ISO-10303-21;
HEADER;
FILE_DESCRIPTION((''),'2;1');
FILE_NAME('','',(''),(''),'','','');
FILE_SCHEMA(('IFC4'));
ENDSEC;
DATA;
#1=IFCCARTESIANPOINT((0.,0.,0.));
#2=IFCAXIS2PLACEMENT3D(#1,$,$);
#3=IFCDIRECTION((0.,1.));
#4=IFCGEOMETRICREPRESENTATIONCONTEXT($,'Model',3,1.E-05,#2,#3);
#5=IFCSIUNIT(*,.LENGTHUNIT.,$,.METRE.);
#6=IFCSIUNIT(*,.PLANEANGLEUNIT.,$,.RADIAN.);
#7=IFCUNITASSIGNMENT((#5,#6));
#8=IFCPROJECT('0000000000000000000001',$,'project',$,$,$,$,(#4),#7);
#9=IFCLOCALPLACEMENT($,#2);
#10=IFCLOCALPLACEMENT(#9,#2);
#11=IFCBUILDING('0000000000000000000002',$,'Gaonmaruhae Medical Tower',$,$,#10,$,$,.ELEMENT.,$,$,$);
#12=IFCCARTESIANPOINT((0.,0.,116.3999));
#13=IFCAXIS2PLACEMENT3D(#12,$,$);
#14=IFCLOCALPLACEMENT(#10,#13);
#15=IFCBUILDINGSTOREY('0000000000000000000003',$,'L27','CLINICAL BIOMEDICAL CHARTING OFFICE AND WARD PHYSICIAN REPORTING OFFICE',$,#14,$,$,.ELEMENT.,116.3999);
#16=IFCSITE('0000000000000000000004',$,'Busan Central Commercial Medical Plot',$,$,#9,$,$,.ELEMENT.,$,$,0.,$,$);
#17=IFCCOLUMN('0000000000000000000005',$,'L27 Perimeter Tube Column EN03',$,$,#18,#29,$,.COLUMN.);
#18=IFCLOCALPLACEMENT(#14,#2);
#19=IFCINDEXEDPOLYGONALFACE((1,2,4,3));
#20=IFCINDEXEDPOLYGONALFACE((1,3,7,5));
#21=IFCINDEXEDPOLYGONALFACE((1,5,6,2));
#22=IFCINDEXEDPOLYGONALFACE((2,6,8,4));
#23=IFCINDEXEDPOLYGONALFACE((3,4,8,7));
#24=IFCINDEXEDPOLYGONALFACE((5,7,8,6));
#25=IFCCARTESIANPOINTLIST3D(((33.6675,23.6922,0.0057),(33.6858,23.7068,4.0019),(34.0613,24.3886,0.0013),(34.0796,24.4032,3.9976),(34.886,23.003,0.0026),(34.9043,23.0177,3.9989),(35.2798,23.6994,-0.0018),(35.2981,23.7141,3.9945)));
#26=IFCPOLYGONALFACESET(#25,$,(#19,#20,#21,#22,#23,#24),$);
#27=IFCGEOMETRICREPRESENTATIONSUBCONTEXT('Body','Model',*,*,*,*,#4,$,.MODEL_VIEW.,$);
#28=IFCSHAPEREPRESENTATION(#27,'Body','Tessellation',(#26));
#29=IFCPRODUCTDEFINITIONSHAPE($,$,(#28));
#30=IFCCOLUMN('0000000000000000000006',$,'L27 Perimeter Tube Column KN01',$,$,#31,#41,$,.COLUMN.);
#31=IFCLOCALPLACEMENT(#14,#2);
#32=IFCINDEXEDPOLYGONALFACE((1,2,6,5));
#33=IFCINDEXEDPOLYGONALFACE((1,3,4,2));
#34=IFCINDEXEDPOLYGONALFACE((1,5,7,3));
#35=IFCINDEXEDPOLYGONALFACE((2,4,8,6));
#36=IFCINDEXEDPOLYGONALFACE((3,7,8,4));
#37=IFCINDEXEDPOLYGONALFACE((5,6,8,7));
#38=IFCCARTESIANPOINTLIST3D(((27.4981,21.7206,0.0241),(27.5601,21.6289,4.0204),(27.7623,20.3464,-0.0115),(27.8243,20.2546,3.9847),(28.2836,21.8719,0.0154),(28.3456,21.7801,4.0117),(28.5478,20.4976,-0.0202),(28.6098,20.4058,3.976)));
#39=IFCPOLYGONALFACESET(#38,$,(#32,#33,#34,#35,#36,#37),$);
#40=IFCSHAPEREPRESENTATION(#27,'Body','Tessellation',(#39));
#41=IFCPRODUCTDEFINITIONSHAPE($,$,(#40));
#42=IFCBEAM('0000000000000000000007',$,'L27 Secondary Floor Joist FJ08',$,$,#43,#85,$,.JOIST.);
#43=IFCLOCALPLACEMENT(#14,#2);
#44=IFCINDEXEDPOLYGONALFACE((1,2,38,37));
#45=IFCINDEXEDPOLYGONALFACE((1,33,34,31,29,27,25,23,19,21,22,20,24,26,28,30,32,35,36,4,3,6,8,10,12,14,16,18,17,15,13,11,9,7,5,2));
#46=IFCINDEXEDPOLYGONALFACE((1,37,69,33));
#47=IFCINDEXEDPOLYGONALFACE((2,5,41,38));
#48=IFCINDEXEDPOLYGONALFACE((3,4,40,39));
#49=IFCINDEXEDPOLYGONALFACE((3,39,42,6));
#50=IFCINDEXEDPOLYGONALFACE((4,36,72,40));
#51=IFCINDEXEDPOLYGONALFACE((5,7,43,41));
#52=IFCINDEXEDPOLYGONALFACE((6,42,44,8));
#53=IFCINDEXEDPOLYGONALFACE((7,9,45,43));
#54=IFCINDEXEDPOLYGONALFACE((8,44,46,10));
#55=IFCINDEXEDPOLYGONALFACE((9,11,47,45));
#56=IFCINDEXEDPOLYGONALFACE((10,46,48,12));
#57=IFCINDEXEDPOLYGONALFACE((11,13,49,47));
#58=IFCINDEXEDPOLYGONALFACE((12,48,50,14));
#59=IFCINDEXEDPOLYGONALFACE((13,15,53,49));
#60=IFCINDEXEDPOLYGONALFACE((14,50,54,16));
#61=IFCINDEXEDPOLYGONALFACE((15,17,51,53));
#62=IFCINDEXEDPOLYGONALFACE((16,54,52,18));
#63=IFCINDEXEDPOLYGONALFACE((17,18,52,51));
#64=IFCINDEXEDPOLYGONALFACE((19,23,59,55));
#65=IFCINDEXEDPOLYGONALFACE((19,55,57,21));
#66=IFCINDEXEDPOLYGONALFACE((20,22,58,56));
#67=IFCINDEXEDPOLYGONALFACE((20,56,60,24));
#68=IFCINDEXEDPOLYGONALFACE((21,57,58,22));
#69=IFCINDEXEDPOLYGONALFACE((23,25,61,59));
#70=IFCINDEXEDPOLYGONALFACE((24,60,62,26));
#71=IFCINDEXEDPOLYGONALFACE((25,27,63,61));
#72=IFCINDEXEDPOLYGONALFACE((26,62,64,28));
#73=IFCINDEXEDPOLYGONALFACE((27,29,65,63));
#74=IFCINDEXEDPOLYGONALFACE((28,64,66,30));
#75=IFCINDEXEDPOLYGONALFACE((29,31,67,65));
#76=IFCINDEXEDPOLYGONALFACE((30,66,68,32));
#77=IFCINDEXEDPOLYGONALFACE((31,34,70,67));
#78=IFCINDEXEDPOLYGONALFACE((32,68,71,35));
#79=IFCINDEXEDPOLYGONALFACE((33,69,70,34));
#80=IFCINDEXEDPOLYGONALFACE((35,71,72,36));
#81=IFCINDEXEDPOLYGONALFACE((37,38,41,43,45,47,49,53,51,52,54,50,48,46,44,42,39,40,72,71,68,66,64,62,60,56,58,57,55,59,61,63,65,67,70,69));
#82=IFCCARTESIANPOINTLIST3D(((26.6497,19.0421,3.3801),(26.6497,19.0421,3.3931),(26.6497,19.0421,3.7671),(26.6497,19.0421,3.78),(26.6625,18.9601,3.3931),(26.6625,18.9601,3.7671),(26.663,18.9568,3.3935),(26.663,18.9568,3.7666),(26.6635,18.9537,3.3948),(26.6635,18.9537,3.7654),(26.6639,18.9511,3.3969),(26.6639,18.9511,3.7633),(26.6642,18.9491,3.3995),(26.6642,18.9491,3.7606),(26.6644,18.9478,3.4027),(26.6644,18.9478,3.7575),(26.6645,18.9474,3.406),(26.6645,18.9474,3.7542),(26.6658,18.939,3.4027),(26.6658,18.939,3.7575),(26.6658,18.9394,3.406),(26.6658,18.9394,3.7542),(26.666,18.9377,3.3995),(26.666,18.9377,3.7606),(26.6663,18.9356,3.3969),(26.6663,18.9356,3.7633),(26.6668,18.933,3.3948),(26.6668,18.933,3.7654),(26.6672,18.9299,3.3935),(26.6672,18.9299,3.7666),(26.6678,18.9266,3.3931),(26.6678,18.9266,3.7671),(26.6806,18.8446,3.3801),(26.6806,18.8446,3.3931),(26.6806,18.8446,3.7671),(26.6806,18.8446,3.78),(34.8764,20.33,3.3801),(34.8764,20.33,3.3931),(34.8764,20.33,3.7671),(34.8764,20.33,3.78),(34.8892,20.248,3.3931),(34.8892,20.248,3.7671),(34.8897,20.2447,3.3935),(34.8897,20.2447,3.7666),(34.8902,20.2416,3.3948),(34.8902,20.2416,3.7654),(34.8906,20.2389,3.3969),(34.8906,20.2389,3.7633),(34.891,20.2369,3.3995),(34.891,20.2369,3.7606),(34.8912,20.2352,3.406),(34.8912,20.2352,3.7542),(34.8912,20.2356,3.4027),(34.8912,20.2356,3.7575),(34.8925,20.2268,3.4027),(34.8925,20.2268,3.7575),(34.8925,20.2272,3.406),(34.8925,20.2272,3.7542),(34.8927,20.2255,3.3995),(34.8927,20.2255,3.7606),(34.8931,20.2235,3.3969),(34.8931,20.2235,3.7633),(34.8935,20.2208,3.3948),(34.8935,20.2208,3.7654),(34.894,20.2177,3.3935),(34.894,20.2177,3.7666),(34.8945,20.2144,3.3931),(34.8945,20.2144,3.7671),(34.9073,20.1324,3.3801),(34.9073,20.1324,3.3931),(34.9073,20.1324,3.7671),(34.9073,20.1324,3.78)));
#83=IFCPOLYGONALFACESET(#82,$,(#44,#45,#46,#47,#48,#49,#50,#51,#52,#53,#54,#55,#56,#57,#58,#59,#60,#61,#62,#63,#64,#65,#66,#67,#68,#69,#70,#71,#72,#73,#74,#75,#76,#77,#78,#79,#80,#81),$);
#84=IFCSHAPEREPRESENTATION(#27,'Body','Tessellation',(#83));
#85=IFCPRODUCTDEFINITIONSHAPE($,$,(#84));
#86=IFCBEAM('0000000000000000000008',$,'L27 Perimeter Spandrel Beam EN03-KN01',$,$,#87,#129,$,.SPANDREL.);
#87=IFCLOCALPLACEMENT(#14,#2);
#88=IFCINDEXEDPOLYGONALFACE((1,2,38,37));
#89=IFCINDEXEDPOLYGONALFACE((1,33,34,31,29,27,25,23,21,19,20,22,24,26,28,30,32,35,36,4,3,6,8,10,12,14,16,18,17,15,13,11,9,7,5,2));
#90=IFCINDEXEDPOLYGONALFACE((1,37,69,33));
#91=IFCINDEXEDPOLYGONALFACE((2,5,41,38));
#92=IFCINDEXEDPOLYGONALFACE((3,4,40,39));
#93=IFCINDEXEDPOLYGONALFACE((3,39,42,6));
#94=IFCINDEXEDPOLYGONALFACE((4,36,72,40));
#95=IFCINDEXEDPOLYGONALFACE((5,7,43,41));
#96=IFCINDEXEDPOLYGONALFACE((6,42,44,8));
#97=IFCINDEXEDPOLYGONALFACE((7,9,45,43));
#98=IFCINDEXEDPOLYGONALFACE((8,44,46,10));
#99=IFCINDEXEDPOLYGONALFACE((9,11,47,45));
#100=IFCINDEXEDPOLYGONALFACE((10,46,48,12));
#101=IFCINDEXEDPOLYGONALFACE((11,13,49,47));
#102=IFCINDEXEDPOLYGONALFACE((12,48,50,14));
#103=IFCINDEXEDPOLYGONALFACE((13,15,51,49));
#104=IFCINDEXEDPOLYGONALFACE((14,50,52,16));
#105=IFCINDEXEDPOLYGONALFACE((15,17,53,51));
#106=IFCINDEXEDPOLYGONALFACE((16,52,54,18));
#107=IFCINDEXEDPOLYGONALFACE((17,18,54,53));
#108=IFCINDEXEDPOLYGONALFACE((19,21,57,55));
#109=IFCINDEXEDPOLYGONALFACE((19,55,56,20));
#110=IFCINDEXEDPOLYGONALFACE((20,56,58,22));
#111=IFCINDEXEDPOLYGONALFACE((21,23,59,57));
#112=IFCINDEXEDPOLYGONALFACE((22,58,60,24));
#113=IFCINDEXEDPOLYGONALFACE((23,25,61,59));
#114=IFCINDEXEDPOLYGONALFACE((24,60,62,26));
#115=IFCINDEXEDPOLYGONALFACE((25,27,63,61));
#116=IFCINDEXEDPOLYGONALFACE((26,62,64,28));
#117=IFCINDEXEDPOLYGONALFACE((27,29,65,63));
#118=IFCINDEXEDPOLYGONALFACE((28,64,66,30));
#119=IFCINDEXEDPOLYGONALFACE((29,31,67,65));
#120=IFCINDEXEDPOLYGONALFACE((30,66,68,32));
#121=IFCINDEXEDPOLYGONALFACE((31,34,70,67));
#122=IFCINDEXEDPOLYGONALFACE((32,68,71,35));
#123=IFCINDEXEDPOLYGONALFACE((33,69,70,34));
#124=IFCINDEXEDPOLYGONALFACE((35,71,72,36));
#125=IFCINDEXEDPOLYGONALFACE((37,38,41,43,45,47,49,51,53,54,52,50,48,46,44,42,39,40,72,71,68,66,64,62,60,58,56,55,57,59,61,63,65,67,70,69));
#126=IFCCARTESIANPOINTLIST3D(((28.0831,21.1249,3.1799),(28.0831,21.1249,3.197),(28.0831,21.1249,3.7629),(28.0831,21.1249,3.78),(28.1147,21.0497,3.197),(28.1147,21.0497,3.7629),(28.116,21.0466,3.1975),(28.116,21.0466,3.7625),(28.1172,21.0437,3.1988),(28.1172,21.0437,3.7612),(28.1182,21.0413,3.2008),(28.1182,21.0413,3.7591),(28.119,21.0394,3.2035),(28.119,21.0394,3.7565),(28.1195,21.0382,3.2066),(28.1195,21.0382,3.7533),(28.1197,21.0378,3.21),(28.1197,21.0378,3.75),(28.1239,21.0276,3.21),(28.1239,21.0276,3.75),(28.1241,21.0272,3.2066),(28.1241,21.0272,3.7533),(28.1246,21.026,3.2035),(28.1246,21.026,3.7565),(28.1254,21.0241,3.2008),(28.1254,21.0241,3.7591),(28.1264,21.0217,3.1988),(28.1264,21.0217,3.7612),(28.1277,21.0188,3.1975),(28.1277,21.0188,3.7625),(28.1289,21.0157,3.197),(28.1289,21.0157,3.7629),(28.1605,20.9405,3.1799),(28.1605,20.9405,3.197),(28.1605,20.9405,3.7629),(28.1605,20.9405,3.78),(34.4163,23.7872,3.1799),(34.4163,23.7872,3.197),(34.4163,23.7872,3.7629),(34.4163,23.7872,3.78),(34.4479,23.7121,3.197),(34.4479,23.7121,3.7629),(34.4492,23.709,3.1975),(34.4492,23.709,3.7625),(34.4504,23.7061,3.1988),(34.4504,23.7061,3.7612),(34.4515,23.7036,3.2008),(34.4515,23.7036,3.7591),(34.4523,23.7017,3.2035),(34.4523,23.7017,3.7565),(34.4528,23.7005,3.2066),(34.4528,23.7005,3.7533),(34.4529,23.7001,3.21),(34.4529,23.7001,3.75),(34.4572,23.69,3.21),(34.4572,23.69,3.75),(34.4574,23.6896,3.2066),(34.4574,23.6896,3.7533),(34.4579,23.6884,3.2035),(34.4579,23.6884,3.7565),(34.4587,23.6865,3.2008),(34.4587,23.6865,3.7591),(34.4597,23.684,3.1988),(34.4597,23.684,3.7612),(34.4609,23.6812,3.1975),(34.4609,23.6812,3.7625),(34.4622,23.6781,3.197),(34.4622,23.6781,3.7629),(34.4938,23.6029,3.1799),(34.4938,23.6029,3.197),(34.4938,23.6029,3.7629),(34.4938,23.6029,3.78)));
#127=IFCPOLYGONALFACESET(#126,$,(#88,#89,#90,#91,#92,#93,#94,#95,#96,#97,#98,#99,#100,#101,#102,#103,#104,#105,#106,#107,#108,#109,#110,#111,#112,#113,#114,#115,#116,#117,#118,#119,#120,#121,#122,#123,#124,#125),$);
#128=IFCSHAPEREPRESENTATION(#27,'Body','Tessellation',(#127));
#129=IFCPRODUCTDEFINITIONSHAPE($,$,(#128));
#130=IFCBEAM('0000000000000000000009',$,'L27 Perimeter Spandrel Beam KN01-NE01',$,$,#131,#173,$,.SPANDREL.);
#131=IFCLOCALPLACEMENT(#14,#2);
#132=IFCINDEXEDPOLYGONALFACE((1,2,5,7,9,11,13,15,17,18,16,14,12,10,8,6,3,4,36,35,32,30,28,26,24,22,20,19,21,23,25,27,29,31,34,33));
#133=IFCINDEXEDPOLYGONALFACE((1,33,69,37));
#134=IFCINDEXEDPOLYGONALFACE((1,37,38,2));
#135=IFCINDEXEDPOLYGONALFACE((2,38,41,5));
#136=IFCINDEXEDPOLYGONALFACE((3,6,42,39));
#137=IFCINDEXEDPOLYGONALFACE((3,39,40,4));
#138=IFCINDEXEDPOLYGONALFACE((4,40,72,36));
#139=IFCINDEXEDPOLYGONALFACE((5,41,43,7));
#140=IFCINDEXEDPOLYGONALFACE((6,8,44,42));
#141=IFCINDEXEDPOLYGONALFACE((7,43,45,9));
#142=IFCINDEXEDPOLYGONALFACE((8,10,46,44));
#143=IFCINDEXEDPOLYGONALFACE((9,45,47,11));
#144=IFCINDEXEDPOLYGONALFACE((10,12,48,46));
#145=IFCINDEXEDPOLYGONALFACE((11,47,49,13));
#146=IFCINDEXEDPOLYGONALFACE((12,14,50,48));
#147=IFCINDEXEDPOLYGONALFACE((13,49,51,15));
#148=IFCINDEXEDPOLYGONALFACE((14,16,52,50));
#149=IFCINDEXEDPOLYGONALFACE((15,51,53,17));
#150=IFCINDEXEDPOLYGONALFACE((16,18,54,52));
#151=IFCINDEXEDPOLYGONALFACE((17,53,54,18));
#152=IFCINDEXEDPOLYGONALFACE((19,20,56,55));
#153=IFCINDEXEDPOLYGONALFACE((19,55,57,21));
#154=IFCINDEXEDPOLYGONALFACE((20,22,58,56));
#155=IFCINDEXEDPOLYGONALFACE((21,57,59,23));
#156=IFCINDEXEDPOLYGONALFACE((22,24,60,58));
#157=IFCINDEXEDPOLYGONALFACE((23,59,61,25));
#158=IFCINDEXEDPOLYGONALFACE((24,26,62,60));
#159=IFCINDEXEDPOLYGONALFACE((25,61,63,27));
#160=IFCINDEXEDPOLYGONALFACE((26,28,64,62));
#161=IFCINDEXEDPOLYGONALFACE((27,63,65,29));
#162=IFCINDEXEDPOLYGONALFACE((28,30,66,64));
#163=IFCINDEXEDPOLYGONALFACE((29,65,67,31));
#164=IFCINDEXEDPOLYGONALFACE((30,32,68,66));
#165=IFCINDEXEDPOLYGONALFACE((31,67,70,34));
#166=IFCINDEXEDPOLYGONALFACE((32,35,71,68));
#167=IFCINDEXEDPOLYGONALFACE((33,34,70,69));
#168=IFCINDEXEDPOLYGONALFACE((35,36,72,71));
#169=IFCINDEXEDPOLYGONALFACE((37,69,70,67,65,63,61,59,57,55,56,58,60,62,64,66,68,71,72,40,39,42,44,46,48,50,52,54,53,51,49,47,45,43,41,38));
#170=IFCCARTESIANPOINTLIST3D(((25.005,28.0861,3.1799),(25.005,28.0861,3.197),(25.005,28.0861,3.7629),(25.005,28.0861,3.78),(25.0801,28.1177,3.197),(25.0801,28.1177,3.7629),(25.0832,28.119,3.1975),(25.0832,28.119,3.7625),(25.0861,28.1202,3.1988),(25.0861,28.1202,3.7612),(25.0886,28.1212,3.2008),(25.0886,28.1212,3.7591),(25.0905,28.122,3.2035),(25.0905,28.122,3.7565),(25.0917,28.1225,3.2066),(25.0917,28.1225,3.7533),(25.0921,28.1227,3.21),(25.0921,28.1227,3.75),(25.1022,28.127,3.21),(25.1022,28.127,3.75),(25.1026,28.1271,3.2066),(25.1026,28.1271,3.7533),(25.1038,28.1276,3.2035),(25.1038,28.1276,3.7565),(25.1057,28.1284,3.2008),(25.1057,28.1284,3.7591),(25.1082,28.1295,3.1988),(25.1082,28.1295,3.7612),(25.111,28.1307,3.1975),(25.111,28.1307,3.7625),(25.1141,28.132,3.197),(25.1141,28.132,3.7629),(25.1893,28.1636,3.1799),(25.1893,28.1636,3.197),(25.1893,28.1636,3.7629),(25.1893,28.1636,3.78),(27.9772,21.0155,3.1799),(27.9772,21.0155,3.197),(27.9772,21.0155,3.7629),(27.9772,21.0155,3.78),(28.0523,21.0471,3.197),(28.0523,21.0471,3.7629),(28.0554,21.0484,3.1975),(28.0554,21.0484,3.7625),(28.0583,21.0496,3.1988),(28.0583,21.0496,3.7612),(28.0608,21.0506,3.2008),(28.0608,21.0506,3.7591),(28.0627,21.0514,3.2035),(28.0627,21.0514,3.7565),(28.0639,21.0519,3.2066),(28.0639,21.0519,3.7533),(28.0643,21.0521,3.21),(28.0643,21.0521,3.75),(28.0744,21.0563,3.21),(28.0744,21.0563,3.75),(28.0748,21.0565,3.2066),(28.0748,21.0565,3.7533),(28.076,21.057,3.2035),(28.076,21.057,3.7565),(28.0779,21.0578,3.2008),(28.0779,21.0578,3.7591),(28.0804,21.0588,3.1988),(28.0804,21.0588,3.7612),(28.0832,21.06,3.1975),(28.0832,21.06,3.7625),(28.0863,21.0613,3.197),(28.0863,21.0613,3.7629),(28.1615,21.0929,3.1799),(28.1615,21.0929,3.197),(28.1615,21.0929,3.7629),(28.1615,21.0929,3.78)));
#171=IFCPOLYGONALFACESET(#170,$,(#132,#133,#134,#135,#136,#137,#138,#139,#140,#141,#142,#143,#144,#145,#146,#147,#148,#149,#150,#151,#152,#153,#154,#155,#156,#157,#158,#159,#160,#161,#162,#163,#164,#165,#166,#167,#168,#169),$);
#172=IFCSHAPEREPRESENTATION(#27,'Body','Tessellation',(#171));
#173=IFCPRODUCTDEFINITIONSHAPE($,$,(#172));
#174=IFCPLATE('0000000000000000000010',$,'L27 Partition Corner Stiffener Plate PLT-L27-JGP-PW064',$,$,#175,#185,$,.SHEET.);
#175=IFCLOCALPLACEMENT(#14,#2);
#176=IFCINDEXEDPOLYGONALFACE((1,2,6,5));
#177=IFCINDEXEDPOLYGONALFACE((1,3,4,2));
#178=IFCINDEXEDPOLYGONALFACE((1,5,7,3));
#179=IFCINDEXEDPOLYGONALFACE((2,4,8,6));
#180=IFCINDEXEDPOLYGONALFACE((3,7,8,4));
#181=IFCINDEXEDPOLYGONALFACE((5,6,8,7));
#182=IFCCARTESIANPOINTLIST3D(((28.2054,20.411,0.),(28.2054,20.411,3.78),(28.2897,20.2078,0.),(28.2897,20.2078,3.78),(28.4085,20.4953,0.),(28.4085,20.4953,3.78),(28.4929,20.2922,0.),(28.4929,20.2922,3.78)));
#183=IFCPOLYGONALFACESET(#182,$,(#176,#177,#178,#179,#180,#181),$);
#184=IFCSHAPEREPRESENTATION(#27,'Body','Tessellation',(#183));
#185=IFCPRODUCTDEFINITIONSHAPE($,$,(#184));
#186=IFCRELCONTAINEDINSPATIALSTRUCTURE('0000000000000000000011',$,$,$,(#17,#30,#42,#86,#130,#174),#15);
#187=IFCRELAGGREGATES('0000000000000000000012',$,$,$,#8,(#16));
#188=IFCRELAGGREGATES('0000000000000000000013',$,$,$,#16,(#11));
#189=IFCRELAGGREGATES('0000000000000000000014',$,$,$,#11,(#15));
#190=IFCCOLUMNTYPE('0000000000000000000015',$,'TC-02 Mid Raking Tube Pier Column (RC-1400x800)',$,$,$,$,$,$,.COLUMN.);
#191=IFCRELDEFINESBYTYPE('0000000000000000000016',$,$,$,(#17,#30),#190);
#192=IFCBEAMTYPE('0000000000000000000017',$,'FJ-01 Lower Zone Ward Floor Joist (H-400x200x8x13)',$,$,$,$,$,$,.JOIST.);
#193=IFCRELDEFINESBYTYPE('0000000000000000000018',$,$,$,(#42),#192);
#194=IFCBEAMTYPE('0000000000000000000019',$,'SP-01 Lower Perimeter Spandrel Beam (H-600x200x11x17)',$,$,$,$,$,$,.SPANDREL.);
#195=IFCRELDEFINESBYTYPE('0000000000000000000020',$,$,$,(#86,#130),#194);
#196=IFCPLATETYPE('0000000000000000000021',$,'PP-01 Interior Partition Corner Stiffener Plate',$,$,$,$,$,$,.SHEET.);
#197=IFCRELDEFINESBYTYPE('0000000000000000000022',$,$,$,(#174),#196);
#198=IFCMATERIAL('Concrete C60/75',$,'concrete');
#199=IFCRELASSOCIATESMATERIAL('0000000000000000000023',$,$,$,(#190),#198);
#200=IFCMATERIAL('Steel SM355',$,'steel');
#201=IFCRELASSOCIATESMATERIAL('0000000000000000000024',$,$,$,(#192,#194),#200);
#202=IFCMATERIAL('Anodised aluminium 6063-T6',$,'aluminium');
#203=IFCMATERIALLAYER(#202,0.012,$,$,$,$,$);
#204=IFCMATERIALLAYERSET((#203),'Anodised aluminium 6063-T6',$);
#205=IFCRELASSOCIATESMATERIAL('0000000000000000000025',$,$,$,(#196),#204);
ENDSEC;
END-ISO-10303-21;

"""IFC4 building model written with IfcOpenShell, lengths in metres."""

from ifc_helpers import new_model, si_unit, direction, frame, origin, origin_2d, place, context, subcontext, project, spatial, rectangle, i_section, extrude, material, layer, layer_set, material_profile, profile_set, type_object, element, save


model = new_model("IFC4")

# Units and contexts
model_context = context("Model", 3, precision=1e-05, world=origin(), true_north=direction((0.0, 1.0)))
body_context = subcontext(model_context, "Body", "Model", "MODEL_VIEW")
ifc_project = project(units=[si_unit("LENGTHUNIT", "METRE"), si_unit("PLANEANGLEUNIT", "RADIAN")], contexts=[model_context])

# Site, building, storey
site_placement = place(None, origin())
site = spatial("IfcSite", under=ifc_project, at=site_placement, Name="Busan Central Commercial Medical Plot", CompositionType="ELEMENT", RefElevation=0.0)
building_placement = place(site_placement, origin())
building = spatial("IfcBuilding", under=site, at=building_placement, Name="Gaonmaruhae Medical Tower", CompositionType="ELEMENT")
storey_placement = place(building_placement, frame((0.0, 0.0, 116.3999)))
storey = spatial("IfcBuildingStorey", under=building, at=storey_placement, Name="L27", Description="CLINICAL BIOMEDICAL CHARTING OFFICE AND WARD PHYSICIAN REPORTING OFFICE", CompositionType="ELEMENT", Elevation=116.3999)

# Columns
ifc_material_1 = material(Name="Concrete C60/75", Category="concrete")
ifc_material_profile_1 = material_profile(ifc_material_1, rectangle(XDim=1.3999, YDim=0.8, at=origin_2d()), Name="RC-1400x800")
ifc_profile_set_1 = profile_set([ifc_material_profile_1], Name="Concrete C60/75")
column_type = type_object("IfcColumnType", Name="TC-02 Mid Raking Tube Pier Column (RC-1400x800)", PredefinedType="COLUMN", material=ifc_profile_set_1)
column_1_placement = place(storey_placement, frame((34.4736, 23.6958, 0.002), z_axis=(0.004582, 0.003665, 0.999983), x_axis=(-0.870435, 0.492279, 0.002184)))
element("IfcColumn", 1, at=column_1_placement, inside=storey, type_object=column_type, Name="L27 Perimeter Tube Column EN03", PredefinedType="COLUMN", context=body_context, shape_type="SweptSolid", body=[
    extrude(rectangle(XDim=1.3999, YDim=0.8, at=origin_2d()), origin(), (0.0, 0.0, 1.0), 3.9963),
])
column_2_placement = place(storey_placement, frame((28.0229, 21.1091, 0.002), z_axis=(0.015511, -0.022961, 0.999616), x_axis=(-0.188731, 0.981698, 0.025478)))
element("IfcColumn", 2, at=column_2_placement, inside=storey, type_object=column_type, Name="L27 Perimeter Tube Column KN01", PredefinedType="COLUMN", context=body_context, shape_type="SweptSolid", body=[
    extrude(rectangle(XDim=1.3999, YDim=0.8, at=origin_2d()), origin(), (0.0, 0.0, 1.0), 3.9978),
])

# Beams
ifc_material_2 = material(Name="Steel SM355", Category="steel")
ifc_material_profile_2 = material_profile(ifc_material_2, i_section(OverallWidth=0.2, OverallDepth=0.3999, WebThickness=0.0081, FlangeThickness=0.0129, FilletRadius=0.0129, at=origin_2d()), Name="H-400x200x8x13")
ifc_profile_set_2 = profile_set([ifc_material_profile_2], Name="Steel SM355")
beam_type_1 = type_object("IfcBeamType", Name="FJ-01 Lower Zone Ward Floor Joist (H-400x200x8x13)", PredefinedType="JOIST", material=ifc_profile_set_2)
beam_1_placement = place(storey_placement, frame((34.8918, 20.2312, 3.5801), z_axis=(-0.987968, -0.154659, 0.0), x_axis=(0.154659, -0.987968, 0.0)))
element("IfcBeam", 3, at=beam_1_placement, inside=storey, type_object=beam_type_1, Name="L27 Secondary Floor Joist FJ08", PredefinedType="JOIST", context=body_context, shape_type="SweptSolid", body=[
    extrude(i_section(OverallWidth=0.2, OverallDepth=0.3999, WebThickness=0.0081, FlangeThickness=0.0129, FilletRadius=0.0129, at=origin_2d()), origin(), (0.0, 0.0, 1.0), 8.3269),
])
ifc_material_profile_3 = material_profile(ifc_material_2, i_section(OverallWidth=0.2, OverallDepth=0.6001, WebThickness=0.011, FlangeThickness=0.0171, FilletRadius=0.0129, at=origin_2d()), Name="H-600x200x11x17")
ifc_profile_set_3 = profile_set([ifc_material_profile_3], Name="Steel SM355")
beam_type_2 = type_object("IfcBeamType", Name="SP-01 Lower Perimeter Spandrel Beam (H-600x200x11x17)", PredefinedType="SPANDREL", material=ifc_profile_set_3)
beam_2_placement = place(storey_placement, frame((34.4551, 23.6951, 3.48), z_axis=(-0.921858, -0.387528, 0.0), x_axis=(0.387528, -0.921858, 0.0)))
element("IfcBeam", 4, at=beam_2_placement, inside=storey, type_object=beam_type_2, Name="L27 Perimeter Spandrel Beam EN03-KN01", PredefinedType="SPANDREL", context=body_context, shape_type="SweptSolid", body=[
    extrude(i_section(OverallWidth=0.2, OverallDepth=0.6001, WebThickness=0.011, FlangeThickness=0.0171, FilletRadius=0.0129, at=origin_2d()), origin(), (0.0, 0.0, 1.0), 6.8701),
])
beam_3_placement = place(storey_placement, frame((28.0693, 21.0542, 3.48), z_axis=(-0.387513, 0.921864, 0.0), x_axis=(-0.921864, -0.387513, 0.0)))
element("IfcBeam", 5, at=beam_3_placement, inside=storey, type_object=beam_type_2, Name="L27 Perimeter Spandrel Beam KN01-NE01", PredefinedType="SPANDREL", context=body_context, shape_type="SweptSolid", body=[
    extrude(i_section(OverallWidth=0.2, OverallDepth=0.6001, WebThickness=0.011, FlangeThickness=0.0171, FilletRadius=0.0129, at=origin_2d()), origin(), (0.0, 0.0, 1.0), 7.6699),
])

# Plate
ifc_material_3 = material(Name="Anodised aluminium 6063-T6", Category="aluminium")
ifc_layer_1 = layer(ifc_material_3, 0.012)
ifc_layer_set_1 = layer_set([ifc_layer_1], Name="Anodised aluminium 6063-T6")
plate_type = type_object("IfcPlateType", Name="PP-01 Interior Partition Corner Stiffener Plate", PredefinedType="SHEET", material=ifc_layer_set_1)
for number, where, z_axis, x_axis, name in (
    (6, (28.3491, 20.3516, 0.0), (0.0, 0.0, 1.0), (-0.923539, -0.383506, 0.0), "L27 Partition Corner Stiffener Plate PLT-L27-JGP-PW064"),
):
    element("IfcPlate", number, at=place(storey_placement, frame(where, z_axis=z_axis, x_axis=x_axis)), inside=storey, type_object=plate_type, Name=name, PredefinedType="SHEET", context=body_context, shape_type="SweptSolid", body=[
        extrude(rectangle(XDim=0.22, YDim=0.22, at=origin_2d()), origin(), (0.0, 0.0, 1.0), 3.78),
    ])

save(model, "model.ifc")
